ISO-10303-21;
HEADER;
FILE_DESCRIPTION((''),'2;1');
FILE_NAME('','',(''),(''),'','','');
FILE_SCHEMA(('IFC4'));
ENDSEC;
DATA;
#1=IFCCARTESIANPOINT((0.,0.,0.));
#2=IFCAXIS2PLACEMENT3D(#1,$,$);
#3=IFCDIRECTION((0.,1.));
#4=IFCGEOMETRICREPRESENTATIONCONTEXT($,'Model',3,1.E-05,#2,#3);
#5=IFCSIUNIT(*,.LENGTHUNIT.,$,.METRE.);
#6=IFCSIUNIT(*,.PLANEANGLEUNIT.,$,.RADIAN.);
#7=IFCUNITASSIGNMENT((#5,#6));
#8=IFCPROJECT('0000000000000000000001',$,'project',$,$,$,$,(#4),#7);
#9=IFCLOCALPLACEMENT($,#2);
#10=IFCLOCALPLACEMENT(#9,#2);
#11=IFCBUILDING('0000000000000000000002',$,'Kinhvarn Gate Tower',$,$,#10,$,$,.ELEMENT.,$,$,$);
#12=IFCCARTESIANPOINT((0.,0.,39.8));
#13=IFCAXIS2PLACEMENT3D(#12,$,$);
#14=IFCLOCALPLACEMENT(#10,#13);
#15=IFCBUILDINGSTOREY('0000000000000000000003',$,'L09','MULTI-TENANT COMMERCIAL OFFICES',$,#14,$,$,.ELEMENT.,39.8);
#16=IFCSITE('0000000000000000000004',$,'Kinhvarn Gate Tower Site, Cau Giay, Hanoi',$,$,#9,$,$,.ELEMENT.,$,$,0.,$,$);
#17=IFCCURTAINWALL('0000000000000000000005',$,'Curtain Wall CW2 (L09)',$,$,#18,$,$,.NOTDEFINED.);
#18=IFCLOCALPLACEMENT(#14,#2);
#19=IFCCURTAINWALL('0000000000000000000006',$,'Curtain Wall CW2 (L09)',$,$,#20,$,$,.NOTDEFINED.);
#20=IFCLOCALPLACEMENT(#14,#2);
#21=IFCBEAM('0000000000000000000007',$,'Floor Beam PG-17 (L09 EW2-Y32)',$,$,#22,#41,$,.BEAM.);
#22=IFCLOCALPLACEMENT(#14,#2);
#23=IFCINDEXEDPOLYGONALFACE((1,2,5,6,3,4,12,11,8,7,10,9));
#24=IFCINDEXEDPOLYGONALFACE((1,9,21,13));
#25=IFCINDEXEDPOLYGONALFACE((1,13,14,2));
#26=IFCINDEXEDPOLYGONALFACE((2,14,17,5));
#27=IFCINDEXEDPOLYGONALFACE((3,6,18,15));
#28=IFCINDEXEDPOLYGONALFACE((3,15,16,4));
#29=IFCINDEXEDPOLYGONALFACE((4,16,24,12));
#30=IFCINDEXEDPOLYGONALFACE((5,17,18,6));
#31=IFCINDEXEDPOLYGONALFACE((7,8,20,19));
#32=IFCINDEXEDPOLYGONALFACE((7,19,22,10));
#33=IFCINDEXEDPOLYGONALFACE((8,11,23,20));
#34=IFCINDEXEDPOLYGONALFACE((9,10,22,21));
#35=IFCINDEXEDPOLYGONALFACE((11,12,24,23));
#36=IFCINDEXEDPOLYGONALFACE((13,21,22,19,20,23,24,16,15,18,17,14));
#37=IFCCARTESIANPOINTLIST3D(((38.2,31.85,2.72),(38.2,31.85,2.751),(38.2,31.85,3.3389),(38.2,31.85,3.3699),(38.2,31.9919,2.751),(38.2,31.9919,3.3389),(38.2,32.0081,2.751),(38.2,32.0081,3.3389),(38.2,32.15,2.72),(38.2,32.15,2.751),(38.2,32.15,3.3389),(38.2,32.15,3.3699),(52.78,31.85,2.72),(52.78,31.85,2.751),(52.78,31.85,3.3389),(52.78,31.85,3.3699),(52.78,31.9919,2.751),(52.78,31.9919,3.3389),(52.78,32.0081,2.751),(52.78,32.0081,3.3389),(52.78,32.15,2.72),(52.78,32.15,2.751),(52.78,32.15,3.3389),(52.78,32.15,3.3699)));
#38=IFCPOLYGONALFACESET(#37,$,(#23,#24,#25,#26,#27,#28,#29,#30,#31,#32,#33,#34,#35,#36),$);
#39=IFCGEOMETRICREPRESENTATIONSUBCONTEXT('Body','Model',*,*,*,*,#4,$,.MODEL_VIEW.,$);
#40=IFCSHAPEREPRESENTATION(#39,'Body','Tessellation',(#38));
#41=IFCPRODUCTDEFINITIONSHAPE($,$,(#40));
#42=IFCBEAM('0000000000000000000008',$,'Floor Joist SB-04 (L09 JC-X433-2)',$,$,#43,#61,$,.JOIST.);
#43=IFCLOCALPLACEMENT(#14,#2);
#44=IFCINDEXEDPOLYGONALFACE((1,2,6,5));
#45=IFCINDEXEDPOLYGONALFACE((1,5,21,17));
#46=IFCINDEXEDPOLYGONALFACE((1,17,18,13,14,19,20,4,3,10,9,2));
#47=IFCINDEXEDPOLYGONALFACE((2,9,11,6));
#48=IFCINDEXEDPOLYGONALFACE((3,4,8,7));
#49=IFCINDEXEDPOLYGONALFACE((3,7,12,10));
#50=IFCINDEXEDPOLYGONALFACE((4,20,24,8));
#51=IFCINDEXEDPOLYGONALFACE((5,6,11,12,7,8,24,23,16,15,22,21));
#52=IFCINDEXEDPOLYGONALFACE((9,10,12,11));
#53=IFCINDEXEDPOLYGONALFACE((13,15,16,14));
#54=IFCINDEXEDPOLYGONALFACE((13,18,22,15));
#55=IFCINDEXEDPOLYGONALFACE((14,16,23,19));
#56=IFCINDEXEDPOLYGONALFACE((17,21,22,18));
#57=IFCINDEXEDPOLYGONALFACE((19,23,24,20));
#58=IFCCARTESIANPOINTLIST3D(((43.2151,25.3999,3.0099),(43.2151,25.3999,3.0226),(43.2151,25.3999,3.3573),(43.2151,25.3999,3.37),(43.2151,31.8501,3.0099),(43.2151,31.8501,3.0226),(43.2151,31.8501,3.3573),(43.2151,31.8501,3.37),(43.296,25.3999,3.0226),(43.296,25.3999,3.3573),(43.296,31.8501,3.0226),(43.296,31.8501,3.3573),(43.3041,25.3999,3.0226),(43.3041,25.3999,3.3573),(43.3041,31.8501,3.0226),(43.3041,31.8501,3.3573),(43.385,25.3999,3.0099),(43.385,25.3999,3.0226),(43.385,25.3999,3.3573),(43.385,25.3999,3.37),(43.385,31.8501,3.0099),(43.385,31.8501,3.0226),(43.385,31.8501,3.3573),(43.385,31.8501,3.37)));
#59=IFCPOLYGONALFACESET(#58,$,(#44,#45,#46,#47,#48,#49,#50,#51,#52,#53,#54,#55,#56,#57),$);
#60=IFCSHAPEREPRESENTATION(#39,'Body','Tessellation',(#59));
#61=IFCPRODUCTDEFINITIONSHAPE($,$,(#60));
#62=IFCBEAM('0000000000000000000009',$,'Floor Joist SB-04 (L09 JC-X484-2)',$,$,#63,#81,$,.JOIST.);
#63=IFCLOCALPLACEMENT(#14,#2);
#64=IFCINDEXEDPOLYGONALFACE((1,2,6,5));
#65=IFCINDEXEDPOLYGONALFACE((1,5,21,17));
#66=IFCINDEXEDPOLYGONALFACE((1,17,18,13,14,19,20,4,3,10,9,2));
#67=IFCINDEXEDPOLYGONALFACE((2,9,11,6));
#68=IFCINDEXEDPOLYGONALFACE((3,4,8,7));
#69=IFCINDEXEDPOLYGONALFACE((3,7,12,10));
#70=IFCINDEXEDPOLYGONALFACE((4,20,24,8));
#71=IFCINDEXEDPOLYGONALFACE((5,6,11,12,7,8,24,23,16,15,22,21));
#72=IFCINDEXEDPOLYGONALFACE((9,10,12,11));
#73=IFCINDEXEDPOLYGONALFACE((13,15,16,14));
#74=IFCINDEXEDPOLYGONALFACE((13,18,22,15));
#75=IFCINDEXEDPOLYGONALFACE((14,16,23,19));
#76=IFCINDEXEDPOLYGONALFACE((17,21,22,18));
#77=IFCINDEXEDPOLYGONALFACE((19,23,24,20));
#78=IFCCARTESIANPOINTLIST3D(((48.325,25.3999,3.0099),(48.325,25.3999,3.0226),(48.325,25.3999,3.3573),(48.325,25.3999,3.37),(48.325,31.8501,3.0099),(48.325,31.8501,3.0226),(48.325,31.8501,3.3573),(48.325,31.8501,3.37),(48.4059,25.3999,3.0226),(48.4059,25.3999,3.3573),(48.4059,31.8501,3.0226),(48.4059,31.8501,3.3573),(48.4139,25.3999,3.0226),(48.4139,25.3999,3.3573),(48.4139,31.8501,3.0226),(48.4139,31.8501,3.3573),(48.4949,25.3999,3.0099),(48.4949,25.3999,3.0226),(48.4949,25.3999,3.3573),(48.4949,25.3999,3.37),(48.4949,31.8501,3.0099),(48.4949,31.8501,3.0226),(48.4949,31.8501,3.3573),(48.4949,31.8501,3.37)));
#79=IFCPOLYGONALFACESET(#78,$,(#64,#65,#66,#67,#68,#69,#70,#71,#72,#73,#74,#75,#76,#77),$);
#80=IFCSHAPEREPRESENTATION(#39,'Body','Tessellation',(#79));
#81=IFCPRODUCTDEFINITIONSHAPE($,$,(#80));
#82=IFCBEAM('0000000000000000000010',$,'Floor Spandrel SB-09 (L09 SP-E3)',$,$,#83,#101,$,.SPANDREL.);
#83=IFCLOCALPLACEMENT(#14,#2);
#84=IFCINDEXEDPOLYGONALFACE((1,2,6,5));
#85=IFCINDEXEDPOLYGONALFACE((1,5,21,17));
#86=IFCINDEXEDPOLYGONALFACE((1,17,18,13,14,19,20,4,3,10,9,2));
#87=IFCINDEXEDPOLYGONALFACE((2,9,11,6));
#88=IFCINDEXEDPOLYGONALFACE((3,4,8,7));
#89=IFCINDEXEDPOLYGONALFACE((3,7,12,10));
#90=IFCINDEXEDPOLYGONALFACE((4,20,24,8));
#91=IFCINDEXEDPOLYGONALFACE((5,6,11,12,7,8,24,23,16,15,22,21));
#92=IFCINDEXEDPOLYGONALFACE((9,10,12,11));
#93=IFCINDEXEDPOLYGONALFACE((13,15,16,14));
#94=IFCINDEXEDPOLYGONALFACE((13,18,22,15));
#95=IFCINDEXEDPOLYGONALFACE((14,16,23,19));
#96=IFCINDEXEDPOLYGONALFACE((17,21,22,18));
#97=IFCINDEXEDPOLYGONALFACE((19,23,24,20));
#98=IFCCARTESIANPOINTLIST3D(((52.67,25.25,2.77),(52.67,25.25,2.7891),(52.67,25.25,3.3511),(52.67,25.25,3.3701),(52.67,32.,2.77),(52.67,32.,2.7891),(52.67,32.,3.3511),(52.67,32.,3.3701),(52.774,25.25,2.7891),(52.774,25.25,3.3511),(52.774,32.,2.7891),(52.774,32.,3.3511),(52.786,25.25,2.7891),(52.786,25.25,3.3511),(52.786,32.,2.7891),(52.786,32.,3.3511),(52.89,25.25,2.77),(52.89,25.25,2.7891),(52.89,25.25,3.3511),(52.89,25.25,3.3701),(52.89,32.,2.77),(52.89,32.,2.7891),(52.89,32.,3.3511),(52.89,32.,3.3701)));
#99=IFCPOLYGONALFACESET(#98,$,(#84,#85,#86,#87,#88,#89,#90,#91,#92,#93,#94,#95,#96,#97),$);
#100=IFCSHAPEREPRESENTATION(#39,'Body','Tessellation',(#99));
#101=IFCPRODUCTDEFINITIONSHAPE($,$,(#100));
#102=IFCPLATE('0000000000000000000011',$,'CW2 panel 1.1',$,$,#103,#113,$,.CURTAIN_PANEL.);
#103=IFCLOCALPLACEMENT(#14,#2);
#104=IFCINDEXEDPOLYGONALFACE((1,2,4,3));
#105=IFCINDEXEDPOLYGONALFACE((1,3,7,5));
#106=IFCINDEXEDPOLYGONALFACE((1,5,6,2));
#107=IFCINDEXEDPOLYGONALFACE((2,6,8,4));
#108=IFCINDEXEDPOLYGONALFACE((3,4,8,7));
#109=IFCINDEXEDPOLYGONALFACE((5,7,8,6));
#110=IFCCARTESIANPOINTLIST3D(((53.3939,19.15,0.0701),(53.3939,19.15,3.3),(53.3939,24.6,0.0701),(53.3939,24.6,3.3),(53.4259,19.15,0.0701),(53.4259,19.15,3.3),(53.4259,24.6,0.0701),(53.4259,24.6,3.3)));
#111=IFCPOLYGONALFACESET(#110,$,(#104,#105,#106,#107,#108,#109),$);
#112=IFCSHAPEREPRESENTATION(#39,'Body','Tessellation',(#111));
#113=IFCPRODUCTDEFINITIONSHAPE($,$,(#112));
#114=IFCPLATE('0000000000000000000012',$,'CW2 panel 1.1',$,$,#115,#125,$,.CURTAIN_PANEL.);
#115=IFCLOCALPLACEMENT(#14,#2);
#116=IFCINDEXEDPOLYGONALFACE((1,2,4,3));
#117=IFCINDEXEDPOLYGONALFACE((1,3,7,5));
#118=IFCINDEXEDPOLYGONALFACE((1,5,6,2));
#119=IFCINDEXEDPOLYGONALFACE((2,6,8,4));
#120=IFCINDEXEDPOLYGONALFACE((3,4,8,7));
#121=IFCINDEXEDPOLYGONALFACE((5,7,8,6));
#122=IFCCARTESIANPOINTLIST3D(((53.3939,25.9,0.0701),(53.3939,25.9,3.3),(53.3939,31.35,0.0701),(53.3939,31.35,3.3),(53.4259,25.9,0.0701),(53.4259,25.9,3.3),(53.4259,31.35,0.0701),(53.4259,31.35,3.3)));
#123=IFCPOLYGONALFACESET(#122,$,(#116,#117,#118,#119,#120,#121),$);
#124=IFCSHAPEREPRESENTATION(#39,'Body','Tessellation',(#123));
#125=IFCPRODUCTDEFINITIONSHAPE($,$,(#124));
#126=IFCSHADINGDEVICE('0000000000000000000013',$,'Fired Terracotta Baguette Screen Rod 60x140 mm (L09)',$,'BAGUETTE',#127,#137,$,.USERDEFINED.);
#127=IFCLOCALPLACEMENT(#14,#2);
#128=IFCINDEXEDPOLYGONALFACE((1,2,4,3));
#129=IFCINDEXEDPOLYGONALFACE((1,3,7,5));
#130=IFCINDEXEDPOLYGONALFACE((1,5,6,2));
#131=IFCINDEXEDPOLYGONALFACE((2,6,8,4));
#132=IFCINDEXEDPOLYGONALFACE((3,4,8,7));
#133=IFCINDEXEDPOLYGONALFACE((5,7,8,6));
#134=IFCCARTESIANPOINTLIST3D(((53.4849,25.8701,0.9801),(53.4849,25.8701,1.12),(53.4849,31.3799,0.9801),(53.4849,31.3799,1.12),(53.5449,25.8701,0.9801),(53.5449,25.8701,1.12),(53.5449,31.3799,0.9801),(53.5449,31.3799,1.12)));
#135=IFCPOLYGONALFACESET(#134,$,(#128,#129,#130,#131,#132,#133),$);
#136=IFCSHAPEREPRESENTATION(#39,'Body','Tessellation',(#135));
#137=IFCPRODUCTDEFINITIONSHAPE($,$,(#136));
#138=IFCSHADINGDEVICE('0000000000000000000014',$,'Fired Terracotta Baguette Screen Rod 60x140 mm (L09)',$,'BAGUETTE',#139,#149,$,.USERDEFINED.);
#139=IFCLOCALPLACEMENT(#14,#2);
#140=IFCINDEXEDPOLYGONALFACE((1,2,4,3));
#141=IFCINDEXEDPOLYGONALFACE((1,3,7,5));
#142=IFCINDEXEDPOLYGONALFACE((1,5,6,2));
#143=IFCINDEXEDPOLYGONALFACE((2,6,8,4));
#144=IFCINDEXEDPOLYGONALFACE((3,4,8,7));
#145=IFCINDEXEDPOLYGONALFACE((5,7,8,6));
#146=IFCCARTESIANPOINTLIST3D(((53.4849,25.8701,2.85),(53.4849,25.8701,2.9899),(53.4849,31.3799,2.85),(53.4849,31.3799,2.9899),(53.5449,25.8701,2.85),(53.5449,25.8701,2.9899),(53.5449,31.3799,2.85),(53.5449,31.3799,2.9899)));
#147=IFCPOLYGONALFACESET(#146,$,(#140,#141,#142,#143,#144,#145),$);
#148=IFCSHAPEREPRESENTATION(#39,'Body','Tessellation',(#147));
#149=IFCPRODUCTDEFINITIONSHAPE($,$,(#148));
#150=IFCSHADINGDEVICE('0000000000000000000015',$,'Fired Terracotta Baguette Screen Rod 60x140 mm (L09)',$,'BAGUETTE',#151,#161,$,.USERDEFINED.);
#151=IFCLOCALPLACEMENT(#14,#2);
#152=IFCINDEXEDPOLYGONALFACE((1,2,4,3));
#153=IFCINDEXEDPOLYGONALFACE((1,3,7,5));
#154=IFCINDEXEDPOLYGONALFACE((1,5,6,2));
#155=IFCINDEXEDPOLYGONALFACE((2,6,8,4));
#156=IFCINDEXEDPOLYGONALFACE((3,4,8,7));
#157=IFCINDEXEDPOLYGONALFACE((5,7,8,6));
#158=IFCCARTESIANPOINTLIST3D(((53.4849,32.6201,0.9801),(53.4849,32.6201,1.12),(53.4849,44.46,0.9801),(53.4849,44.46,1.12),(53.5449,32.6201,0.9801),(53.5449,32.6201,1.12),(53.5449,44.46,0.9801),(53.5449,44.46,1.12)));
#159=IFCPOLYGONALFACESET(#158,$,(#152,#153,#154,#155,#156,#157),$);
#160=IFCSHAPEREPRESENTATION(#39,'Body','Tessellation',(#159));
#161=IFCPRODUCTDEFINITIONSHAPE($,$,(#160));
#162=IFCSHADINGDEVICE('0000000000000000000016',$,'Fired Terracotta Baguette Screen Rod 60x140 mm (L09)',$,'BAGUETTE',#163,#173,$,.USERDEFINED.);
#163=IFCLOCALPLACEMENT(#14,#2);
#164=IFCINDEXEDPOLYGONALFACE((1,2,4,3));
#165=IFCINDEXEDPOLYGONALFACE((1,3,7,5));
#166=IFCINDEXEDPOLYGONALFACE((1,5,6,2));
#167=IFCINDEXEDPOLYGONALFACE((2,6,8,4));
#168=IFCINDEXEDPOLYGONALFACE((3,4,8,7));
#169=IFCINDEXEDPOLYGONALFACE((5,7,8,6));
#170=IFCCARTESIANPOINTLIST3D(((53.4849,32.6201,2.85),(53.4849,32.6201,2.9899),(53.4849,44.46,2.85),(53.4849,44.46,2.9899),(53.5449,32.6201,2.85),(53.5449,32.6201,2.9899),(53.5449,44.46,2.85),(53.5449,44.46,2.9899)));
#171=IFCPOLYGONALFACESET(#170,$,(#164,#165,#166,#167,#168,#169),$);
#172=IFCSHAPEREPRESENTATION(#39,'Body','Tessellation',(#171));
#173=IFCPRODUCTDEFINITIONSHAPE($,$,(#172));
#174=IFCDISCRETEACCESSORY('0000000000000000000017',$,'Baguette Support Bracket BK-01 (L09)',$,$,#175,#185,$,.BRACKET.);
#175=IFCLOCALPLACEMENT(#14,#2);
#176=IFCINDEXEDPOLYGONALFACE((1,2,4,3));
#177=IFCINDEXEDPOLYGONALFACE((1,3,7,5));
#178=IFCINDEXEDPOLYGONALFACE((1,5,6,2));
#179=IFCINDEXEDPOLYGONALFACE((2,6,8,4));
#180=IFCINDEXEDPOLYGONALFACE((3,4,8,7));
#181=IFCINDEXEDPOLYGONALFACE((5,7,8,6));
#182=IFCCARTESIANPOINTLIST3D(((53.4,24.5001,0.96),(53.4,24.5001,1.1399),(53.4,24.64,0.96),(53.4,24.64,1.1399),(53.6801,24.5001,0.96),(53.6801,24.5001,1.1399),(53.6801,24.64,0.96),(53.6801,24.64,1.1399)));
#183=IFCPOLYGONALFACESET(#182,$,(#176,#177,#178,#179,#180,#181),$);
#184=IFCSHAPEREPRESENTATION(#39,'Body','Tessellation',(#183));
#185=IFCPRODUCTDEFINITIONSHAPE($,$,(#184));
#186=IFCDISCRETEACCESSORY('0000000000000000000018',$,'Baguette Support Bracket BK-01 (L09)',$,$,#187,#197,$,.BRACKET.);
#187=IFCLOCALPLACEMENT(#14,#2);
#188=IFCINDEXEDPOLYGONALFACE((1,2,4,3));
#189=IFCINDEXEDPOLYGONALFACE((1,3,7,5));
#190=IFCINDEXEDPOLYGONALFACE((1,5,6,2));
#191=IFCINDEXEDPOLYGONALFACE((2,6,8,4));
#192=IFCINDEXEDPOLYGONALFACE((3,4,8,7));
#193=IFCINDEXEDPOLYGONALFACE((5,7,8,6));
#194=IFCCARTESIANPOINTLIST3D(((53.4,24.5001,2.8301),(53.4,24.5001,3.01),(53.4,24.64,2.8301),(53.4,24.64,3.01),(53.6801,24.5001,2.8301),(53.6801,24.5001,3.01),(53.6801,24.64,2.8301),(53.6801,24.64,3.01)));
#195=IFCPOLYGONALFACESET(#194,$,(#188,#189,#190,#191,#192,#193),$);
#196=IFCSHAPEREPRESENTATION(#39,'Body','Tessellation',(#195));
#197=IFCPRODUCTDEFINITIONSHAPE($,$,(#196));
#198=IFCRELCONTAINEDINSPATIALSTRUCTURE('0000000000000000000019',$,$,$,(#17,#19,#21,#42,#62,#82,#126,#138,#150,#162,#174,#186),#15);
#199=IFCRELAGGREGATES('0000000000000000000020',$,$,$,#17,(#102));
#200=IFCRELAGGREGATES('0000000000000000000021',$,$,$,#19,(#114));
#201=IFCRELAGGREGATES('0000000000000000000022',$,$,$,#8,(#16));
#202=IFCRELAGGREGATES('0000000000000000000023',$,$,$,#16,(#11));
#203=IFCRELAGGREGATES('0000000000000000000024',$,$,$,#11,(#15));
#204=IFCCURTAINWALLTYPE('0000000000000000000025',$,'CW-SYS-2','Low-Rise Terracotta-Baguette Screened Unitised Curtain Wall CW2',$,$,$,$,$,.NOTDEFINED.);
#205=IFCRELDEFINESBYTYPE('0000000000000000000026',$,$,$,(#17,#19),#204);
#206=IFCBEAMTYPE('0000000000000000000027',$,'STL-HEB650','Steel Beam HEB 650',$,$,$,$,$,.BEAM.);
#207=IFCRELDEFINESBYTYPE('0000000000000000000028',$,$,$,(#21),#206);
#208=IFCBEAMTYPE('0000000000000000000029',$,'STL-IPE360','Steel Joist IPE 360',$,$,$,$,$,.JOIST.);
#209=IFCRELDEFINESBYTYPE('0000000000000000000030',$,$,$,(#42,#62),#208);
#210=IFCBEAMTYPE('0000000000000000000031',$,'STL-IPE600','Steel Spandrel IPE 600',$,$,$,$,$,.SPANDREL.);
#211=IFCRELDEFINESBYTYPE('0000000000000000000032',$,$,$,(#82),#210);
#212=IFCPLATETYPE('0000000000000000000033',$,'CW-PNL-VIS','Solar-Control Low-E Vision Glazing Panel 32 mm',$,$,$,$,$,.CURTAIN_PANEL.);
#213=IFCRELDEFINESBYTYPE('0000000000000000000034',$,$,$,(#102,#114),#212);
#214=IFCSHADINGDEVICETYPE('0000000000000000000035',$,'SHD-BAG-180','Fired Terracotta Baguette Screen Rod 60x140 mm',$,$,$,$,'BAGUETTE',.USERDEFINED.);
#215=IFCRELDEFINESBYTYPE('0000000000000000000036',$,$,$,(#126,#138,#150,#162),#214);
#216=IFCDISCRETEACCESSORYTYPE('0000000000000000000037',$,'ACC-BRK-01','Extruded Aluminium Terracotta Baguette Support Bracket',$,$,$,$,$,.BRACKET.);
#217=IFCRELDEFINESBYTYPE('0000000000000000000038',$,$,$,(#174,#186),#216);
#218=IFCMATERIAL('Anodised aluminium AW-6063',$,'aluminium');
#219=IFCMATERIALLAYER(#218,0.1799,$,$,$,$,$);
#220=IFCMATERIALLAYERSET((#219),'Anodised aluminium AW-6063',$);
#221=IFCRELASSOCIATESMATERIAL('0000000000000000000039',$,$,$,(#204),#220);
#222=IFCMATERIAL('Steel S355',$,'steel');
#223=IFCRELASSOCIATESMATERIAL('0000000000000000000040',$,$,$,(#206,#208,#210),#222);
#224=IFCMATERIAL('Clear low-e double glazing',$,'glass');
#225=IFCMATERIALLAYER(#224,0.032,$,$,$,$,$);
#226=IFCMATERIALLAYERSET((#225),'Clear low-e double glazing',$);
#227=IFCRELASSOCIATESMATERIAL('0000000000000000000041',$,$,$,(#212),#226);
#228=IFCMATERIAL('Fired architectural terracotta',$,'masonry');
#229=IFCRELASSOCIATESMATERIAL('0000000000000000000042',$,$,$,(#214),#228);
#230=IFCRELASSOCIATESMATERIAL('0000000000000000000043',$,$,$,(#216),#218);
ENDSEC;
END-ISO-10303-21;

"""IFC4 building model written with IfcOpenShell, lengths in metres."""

from ifc_helpers import new_model, si_unit, direction, frame, origin, origin_2d, place, context, subcontext, project, spatial, rectangle, i_section, extrude, material, layer, layer_set, material_profile, profile_set, type_object, element, aggregate, save


model = new_model("IFC4")

# Units and contexts
model_context = context("Model", 3, precision=1e-05, world=origin(), true_north=direction((0.0, 1.0)))
body_context = subcontext(model_context, "Body", "Model", "MODEL_VIEW")
ifc_project = project(units=[si_unit("LENGTHUNIT", "METRE"), si_unit("PLANEANGLEUNIT", "RADIAN")], contexts=[model_context])

# Site, building, storey
site_placement = place(None, origin())
site = spatial("IfcSite", under=ifc_project, at=site_placement, Name="Kinhvarn Gate Tower Site, Cau Giay, Hanoi", CompositionType="ELEMENT", RefElevation=0.0)
building_placement = place(site_placement, origin())
building = spatial("IfcBuilding", under=site, at=building_placement, Name="Kinhvarn Gate Tower", CompositionType="ELEMENT")
storey_placement = place(building_placement, frame((0.0, 0.0, 39.8)))
storey = spatial("IfcBuildingStorey", under=building, at=storey_placement, Name="L09", Description="MULTI-TENANT COMMERCIAL OFFICES", CompositionType="ELEMENT", Elevation=39.8)

# Curtain wall
ifc_material_1 = material(Name="Anodised aluminium AW-6063", Category="aluminium")
ifc_layer_1 = layer(ifc_material_1, 0.1799)
ifc_layer_set_1 = layer_set([ifc_layer_1], Name="Anodised aluminium AW-6063")
curtain_wall_type = type_object("IfcCurtainWallType", Name="CW-SYS-2", Description="Low-Rise Terracotta-Baguette Screened Unitised Curtain Wall CW2", PredefinedType="NOTDEFINED", material=ifc_layer_set_1)
curtain_wall_1_placement = place(storey_placement, origin())
curtain_wall_1 = element("IfcCurtainWall", 1, at=curtain_wall_1_placement, inside=storey, type_object=curtain_wall_type, Name="Curtain Wall CW2 (L09)", PredefinedType="NOTDEFINED")

# Curtain wall
curtain_wall_2_placement = place(storey_placement, origin())
curtain_wall_2 = element("IfcCurtainWall", 2, at=curtain_wall_2_placement, inside=storey, type_object=curtain_wall_type, Name="Curtain Wall CW2 (L09)", PredefinedType="NOTDEFINED")

# Beams
ifc_material_2 = material(Name="Steel S355", Category="steel")
ifc_material_profile_1 = material_profile(ifc_material_2, i_section(OverallWidth=0.3, OverallDepth=0.6499, WebThickness=0.0161, FlangeThickness=0.031, at=origin_2d()), Name="HEB 650")
ifc_profile_set_1 = profile_set([ifc_material_profile_1], Name="Steel S355")
beam_type_1 = type_object("IfcBeamType", Name="STL-HEB650", Description="Steel Beam HEB 650", PredefinedType="BEAM", material=ifc_profile_set_1)
beam_1_placement = place(storey_placement, frame((38.2, 32.0, 3.0449), z_axis=(1.0, 0.0, 0.0), x_axis=(0.0, 1.0, 0.0)))
element("IfcBeam", 3, at=beam_1_placement, inside=storey, type_object=beam_type_1, Name="Floor Beam PG-17 (L09 EW2-Y32)", PredefinedType="BEAM", context=body_context, shape_type="SweptSolid", body=[
    extrude(i_section(OverallWidth=0.3, OverallDepth=0.6499, WebThickness=0.0161, FlangeThickness=0.031, at=origin_2d()), origin(), (0.0, 0.0, 1.0), 14.5801),
])
ifc_material_profile_2 = material_profile(ifc_material_2, i_section(OverallWidth=0.1699, OverallDepth=0.3601, WebThickness=0.0081, FlangeThickness=0.0127, at=origin_2d()), Name="IPE 360")
ifc_profile_set_2 = profile_set([ifc_material_profile_2], Name="Steel S355")
beam_type_2 = type_object("IfcBeamType", Name="STL-IPE360", Description="Steel Joist IPE 360", PredefinedType="JOIST", material=ifc_profile_set_2)
for number, where, z_axis, x_axis, name in (
    (4, (43.3, 25.3999, 3.1899), (0.0, 1.0, 0.0), (-1.0, 0.0, 0.0), "Floor Joist SB-04 (L09 JC-X433-2)"),
    (5, (48.4099, 25.3999, 3.1899), (0.0, 1.0, 0.0), (-1.0, 0.0, 0.0), "Floor Joist SB-04 (L09 JC-X484-2)"),
):
    element("IfcBeam", number, at=place(storey_placement, frame(where, z_axis=z_axis, x_axis=x_axis)), inside=storey, type_object=beam_type_2, Name=name, PredefinedType="JOIST", context=body_context, shape_type="SweptSolid", body=[
        extrude(i_section(OverallWidth=0.1699, OverallDepth=0.3601, WebThickness=0.0081, FlangeThickness=0.0127, at=origin_2d()), origin(), (0.0, 0.0, 1.0), 6.4502),
    ])
ifc_material_profile_3 = material_profile(ifc_material_2, i_section(OverallWidth=0.22, OverallDepth=0.6001, WebThickness=0.012, FlangeThickness=0.019, at=origin_2d()), Name="IPE 600")
ifc_profile_set_3 = profile_set([ifc_material_profile_3], Name="Steel S355")
beam_type_3 = type_object("IfcBeamType", Name="STL-IPE600", Description="Steel Spandrel IPE 600", PredefinedType="SPANDREL", material=ifc_profile_set_3)
beam_2_placement = place(storey_placement, frame((52.78, 25.25, 3.0701), z_axis=(0.0, 1.0, 0.0), x_axis=(-1.0, 0.0, 0.0)))
element("IfcBeam", 6, at=beam_2_placement, inside=storey, type_object=beam_type_3, Name="Floor Spandrel SB-09 (L09 SP-E3)", PredefinedType="SPANDREL", context=body_context, shape_type="SweptSolid", body=[
    extrude(i_section(OverallWidth=0.22, OverallDepth=0.6001, WebThickness=0.012, FlangeThickness=0.019, at=origin_2d()), origin(), (0.0, 0.0, 1.0), 6.75),
])

# Plates
ifc_material_3 = material(Name="Clear low-e double glazing", Category="glass")
ifc_layer_2 = layer(ifc_material_3, 0.032)
ifc_layer_set_2 = layer_set([ifc_layer_2], Name="Clear low-e double glazing")
plate_type = type_object("IfcPlateType", Name="CW-PNL-VIS", Description="Solar-Control Low-E Vision Glazing Panel 32 mm", PredefinedType="CURTAIN_PANEL", material=ifc_layer_set_2)
plate_1_placement = place(storey_placement, frame((53.4099, 21.875, 0.0701), z_axis=(0.0, 0.0, 1.0), x_axis=(0.0, 1.0, 0.0)))
plate_1 = element("IfcPlate", 7, at=plate_1_placement, type_object=plate_type, Name="CW2 panel 1.1", PredefinedType="CURTAIN_PANEL", context=body_context, shape_type="SweptSolid", body=[
    extrude(rectangle(XDim=5.45, YDim=0.032, at=origin_2d()), origin(), (0.0, 0.0, 1.0), 3.23),
])
aggregate(curtain_wall_1, [plate_1])
plate_2_placement = place(storey_placement, frame((53.4099, 28.625, 0.0701), z_axis=(0.0, 0.0, 1.0), x_axis=(0.0, 1.0, 0.0)))
plate_2 = element("IfcPlate", 8, at=plate_2_placement, type_object=plate_type, Name="CW2 panel 1.1", PredefinedType="CURTAIN_PANEL", context=body_context, shape_type="SweptSolid", body=[
    extrude(rectangle(XDim=5.45, YDim=0.032, at=origin_2d()), origin(), (0.0, 0.0, 1.0), 3.23),
])
aggregate(curtain_wall_2, [plate_2])

# Shading devices
ifc_material_4 = material(Name="Fired architectural terracotta", Category="masonry")
ifc_material_profile_4 = material_profile(ifc_material_4, rectangle(XDim=0.0601, YDim=0.1399, at=origin_2d()), Name="TC 60x140")
ifc_profile_set_4 = profile_set([ifc_material_profile_4], Name="Fired architectural terracotta")
shading_device_type = type_object("IfcShadingDeviceType", Name="SHD-BAG-180", Description="Fired Terracotta Baguette Screen Rod 60x140 mm", ElementType="BAGUETTE", PredefinedType="USERDEFINED", material=ifc_profile_set_4)
for number, where, z_axis, x_axis, name in (
    (9, (53.5149, 25.8701, 1.05), (0.0, 1.0, 0.0), (-1.0, 0.0, 0.0), "Fired Terracotta Baguette Screen Rod 60x140 mm (L09)"),
    (10, (53.5149, 25.8701, 2.9199), (0.0, 1.0, 0.0), (-1.0, 0.0, 0.0), "Fired Terracotta Baguette Screen Rod 60x140 mm (L09)"),
):
    element("IfcShadingDevice", number, at=place(storey_placement, frame(where, z_axis=z_axis, x_axis=x_axis)), inside=storey, type_object=shading_device_type, Name=name, ObjectType="BAGUETTE", PredefinedType="USERDEFINED", context=body_context, shape_type="SweptSolid", body=[
        extrude(rectangle(XDim=0.0601, YDim=0.1399, at=origin_2d()), origin(), (0.0, 0.0, 1.0), 5.5098),
    ])
for number, where, z_axis, x_axis, name in (
    (11, (53.5149, 32.6201, 1.05), (0.0, 1.0, 0.0), (-1.0, 0.0, 0.0), "Fired Terracotta Baguette Screen Rod 60x140 mm (L09)"),
    (12, (53.5149, 32.6201, 2.9199), (0.0, 1.0, 0.0), (-1.0, 0.0, 0.0), "Fired Terracotta Baguette Screen Rod 60x140 mm (L09)"),
):
    element("IfcShadingDevice", number, at=place(storey_placement, frame(where, z_axis=z_axis, x_axis=x_axis)), inside=storey, type_object=shading_device_type, Name=name, ObjectType="BAGUETTE", PredefinedType="USERDEFINED", context=body_context, shape_type="SweptSolid", body=[
        extrude(rectangle(XDim=0.0601, YDim=0.1399, at=origin_2d()), origin(), (0.0, 0.0, 1.0), 11.8398),
    ])

# Discrete accessories
discrete_accessory_type = type_object("IfcDiscreteAccessoryType", Name="ACC-BRK-01", Description="Extruded Aluminium Terracotta Baguette Support Bracket", PredefinedType="BRACKET", material=ifc_material_1)
for number, where, z_axis, x_axis, name in (
    (13, (53.54, 24.5701, 0.96), (0.0, 0.0, 1.0), (0.0, 1.0, 0.0), "Baguette Support Bracket BK-01 (L09)"),
    (14, (53.54, 24.5701, 2.8301), (0.0, 0.0, 1.0), (0.0, 1.0, 0.0), "Baguette Support Bracket BK-01 (L09)"),
):
    element("IfcDiscreteAccessory", number, at=place(storey_placement, frame(where, z_axis=z_axis, x_axis=x_axis)), inside=storey, type_object=discrete_accessory_type, Name=name, PredefinedType="BRACKET", context=body_context, shape_type="SweptSolid", body=[
        extrude(rectangle(XDim=0.1399, YDim=0.28, at=origin_2d()), origin(), (0.0, 0.0, 1.0), 0.1799),
    ])

save(model, "model.ifc")
